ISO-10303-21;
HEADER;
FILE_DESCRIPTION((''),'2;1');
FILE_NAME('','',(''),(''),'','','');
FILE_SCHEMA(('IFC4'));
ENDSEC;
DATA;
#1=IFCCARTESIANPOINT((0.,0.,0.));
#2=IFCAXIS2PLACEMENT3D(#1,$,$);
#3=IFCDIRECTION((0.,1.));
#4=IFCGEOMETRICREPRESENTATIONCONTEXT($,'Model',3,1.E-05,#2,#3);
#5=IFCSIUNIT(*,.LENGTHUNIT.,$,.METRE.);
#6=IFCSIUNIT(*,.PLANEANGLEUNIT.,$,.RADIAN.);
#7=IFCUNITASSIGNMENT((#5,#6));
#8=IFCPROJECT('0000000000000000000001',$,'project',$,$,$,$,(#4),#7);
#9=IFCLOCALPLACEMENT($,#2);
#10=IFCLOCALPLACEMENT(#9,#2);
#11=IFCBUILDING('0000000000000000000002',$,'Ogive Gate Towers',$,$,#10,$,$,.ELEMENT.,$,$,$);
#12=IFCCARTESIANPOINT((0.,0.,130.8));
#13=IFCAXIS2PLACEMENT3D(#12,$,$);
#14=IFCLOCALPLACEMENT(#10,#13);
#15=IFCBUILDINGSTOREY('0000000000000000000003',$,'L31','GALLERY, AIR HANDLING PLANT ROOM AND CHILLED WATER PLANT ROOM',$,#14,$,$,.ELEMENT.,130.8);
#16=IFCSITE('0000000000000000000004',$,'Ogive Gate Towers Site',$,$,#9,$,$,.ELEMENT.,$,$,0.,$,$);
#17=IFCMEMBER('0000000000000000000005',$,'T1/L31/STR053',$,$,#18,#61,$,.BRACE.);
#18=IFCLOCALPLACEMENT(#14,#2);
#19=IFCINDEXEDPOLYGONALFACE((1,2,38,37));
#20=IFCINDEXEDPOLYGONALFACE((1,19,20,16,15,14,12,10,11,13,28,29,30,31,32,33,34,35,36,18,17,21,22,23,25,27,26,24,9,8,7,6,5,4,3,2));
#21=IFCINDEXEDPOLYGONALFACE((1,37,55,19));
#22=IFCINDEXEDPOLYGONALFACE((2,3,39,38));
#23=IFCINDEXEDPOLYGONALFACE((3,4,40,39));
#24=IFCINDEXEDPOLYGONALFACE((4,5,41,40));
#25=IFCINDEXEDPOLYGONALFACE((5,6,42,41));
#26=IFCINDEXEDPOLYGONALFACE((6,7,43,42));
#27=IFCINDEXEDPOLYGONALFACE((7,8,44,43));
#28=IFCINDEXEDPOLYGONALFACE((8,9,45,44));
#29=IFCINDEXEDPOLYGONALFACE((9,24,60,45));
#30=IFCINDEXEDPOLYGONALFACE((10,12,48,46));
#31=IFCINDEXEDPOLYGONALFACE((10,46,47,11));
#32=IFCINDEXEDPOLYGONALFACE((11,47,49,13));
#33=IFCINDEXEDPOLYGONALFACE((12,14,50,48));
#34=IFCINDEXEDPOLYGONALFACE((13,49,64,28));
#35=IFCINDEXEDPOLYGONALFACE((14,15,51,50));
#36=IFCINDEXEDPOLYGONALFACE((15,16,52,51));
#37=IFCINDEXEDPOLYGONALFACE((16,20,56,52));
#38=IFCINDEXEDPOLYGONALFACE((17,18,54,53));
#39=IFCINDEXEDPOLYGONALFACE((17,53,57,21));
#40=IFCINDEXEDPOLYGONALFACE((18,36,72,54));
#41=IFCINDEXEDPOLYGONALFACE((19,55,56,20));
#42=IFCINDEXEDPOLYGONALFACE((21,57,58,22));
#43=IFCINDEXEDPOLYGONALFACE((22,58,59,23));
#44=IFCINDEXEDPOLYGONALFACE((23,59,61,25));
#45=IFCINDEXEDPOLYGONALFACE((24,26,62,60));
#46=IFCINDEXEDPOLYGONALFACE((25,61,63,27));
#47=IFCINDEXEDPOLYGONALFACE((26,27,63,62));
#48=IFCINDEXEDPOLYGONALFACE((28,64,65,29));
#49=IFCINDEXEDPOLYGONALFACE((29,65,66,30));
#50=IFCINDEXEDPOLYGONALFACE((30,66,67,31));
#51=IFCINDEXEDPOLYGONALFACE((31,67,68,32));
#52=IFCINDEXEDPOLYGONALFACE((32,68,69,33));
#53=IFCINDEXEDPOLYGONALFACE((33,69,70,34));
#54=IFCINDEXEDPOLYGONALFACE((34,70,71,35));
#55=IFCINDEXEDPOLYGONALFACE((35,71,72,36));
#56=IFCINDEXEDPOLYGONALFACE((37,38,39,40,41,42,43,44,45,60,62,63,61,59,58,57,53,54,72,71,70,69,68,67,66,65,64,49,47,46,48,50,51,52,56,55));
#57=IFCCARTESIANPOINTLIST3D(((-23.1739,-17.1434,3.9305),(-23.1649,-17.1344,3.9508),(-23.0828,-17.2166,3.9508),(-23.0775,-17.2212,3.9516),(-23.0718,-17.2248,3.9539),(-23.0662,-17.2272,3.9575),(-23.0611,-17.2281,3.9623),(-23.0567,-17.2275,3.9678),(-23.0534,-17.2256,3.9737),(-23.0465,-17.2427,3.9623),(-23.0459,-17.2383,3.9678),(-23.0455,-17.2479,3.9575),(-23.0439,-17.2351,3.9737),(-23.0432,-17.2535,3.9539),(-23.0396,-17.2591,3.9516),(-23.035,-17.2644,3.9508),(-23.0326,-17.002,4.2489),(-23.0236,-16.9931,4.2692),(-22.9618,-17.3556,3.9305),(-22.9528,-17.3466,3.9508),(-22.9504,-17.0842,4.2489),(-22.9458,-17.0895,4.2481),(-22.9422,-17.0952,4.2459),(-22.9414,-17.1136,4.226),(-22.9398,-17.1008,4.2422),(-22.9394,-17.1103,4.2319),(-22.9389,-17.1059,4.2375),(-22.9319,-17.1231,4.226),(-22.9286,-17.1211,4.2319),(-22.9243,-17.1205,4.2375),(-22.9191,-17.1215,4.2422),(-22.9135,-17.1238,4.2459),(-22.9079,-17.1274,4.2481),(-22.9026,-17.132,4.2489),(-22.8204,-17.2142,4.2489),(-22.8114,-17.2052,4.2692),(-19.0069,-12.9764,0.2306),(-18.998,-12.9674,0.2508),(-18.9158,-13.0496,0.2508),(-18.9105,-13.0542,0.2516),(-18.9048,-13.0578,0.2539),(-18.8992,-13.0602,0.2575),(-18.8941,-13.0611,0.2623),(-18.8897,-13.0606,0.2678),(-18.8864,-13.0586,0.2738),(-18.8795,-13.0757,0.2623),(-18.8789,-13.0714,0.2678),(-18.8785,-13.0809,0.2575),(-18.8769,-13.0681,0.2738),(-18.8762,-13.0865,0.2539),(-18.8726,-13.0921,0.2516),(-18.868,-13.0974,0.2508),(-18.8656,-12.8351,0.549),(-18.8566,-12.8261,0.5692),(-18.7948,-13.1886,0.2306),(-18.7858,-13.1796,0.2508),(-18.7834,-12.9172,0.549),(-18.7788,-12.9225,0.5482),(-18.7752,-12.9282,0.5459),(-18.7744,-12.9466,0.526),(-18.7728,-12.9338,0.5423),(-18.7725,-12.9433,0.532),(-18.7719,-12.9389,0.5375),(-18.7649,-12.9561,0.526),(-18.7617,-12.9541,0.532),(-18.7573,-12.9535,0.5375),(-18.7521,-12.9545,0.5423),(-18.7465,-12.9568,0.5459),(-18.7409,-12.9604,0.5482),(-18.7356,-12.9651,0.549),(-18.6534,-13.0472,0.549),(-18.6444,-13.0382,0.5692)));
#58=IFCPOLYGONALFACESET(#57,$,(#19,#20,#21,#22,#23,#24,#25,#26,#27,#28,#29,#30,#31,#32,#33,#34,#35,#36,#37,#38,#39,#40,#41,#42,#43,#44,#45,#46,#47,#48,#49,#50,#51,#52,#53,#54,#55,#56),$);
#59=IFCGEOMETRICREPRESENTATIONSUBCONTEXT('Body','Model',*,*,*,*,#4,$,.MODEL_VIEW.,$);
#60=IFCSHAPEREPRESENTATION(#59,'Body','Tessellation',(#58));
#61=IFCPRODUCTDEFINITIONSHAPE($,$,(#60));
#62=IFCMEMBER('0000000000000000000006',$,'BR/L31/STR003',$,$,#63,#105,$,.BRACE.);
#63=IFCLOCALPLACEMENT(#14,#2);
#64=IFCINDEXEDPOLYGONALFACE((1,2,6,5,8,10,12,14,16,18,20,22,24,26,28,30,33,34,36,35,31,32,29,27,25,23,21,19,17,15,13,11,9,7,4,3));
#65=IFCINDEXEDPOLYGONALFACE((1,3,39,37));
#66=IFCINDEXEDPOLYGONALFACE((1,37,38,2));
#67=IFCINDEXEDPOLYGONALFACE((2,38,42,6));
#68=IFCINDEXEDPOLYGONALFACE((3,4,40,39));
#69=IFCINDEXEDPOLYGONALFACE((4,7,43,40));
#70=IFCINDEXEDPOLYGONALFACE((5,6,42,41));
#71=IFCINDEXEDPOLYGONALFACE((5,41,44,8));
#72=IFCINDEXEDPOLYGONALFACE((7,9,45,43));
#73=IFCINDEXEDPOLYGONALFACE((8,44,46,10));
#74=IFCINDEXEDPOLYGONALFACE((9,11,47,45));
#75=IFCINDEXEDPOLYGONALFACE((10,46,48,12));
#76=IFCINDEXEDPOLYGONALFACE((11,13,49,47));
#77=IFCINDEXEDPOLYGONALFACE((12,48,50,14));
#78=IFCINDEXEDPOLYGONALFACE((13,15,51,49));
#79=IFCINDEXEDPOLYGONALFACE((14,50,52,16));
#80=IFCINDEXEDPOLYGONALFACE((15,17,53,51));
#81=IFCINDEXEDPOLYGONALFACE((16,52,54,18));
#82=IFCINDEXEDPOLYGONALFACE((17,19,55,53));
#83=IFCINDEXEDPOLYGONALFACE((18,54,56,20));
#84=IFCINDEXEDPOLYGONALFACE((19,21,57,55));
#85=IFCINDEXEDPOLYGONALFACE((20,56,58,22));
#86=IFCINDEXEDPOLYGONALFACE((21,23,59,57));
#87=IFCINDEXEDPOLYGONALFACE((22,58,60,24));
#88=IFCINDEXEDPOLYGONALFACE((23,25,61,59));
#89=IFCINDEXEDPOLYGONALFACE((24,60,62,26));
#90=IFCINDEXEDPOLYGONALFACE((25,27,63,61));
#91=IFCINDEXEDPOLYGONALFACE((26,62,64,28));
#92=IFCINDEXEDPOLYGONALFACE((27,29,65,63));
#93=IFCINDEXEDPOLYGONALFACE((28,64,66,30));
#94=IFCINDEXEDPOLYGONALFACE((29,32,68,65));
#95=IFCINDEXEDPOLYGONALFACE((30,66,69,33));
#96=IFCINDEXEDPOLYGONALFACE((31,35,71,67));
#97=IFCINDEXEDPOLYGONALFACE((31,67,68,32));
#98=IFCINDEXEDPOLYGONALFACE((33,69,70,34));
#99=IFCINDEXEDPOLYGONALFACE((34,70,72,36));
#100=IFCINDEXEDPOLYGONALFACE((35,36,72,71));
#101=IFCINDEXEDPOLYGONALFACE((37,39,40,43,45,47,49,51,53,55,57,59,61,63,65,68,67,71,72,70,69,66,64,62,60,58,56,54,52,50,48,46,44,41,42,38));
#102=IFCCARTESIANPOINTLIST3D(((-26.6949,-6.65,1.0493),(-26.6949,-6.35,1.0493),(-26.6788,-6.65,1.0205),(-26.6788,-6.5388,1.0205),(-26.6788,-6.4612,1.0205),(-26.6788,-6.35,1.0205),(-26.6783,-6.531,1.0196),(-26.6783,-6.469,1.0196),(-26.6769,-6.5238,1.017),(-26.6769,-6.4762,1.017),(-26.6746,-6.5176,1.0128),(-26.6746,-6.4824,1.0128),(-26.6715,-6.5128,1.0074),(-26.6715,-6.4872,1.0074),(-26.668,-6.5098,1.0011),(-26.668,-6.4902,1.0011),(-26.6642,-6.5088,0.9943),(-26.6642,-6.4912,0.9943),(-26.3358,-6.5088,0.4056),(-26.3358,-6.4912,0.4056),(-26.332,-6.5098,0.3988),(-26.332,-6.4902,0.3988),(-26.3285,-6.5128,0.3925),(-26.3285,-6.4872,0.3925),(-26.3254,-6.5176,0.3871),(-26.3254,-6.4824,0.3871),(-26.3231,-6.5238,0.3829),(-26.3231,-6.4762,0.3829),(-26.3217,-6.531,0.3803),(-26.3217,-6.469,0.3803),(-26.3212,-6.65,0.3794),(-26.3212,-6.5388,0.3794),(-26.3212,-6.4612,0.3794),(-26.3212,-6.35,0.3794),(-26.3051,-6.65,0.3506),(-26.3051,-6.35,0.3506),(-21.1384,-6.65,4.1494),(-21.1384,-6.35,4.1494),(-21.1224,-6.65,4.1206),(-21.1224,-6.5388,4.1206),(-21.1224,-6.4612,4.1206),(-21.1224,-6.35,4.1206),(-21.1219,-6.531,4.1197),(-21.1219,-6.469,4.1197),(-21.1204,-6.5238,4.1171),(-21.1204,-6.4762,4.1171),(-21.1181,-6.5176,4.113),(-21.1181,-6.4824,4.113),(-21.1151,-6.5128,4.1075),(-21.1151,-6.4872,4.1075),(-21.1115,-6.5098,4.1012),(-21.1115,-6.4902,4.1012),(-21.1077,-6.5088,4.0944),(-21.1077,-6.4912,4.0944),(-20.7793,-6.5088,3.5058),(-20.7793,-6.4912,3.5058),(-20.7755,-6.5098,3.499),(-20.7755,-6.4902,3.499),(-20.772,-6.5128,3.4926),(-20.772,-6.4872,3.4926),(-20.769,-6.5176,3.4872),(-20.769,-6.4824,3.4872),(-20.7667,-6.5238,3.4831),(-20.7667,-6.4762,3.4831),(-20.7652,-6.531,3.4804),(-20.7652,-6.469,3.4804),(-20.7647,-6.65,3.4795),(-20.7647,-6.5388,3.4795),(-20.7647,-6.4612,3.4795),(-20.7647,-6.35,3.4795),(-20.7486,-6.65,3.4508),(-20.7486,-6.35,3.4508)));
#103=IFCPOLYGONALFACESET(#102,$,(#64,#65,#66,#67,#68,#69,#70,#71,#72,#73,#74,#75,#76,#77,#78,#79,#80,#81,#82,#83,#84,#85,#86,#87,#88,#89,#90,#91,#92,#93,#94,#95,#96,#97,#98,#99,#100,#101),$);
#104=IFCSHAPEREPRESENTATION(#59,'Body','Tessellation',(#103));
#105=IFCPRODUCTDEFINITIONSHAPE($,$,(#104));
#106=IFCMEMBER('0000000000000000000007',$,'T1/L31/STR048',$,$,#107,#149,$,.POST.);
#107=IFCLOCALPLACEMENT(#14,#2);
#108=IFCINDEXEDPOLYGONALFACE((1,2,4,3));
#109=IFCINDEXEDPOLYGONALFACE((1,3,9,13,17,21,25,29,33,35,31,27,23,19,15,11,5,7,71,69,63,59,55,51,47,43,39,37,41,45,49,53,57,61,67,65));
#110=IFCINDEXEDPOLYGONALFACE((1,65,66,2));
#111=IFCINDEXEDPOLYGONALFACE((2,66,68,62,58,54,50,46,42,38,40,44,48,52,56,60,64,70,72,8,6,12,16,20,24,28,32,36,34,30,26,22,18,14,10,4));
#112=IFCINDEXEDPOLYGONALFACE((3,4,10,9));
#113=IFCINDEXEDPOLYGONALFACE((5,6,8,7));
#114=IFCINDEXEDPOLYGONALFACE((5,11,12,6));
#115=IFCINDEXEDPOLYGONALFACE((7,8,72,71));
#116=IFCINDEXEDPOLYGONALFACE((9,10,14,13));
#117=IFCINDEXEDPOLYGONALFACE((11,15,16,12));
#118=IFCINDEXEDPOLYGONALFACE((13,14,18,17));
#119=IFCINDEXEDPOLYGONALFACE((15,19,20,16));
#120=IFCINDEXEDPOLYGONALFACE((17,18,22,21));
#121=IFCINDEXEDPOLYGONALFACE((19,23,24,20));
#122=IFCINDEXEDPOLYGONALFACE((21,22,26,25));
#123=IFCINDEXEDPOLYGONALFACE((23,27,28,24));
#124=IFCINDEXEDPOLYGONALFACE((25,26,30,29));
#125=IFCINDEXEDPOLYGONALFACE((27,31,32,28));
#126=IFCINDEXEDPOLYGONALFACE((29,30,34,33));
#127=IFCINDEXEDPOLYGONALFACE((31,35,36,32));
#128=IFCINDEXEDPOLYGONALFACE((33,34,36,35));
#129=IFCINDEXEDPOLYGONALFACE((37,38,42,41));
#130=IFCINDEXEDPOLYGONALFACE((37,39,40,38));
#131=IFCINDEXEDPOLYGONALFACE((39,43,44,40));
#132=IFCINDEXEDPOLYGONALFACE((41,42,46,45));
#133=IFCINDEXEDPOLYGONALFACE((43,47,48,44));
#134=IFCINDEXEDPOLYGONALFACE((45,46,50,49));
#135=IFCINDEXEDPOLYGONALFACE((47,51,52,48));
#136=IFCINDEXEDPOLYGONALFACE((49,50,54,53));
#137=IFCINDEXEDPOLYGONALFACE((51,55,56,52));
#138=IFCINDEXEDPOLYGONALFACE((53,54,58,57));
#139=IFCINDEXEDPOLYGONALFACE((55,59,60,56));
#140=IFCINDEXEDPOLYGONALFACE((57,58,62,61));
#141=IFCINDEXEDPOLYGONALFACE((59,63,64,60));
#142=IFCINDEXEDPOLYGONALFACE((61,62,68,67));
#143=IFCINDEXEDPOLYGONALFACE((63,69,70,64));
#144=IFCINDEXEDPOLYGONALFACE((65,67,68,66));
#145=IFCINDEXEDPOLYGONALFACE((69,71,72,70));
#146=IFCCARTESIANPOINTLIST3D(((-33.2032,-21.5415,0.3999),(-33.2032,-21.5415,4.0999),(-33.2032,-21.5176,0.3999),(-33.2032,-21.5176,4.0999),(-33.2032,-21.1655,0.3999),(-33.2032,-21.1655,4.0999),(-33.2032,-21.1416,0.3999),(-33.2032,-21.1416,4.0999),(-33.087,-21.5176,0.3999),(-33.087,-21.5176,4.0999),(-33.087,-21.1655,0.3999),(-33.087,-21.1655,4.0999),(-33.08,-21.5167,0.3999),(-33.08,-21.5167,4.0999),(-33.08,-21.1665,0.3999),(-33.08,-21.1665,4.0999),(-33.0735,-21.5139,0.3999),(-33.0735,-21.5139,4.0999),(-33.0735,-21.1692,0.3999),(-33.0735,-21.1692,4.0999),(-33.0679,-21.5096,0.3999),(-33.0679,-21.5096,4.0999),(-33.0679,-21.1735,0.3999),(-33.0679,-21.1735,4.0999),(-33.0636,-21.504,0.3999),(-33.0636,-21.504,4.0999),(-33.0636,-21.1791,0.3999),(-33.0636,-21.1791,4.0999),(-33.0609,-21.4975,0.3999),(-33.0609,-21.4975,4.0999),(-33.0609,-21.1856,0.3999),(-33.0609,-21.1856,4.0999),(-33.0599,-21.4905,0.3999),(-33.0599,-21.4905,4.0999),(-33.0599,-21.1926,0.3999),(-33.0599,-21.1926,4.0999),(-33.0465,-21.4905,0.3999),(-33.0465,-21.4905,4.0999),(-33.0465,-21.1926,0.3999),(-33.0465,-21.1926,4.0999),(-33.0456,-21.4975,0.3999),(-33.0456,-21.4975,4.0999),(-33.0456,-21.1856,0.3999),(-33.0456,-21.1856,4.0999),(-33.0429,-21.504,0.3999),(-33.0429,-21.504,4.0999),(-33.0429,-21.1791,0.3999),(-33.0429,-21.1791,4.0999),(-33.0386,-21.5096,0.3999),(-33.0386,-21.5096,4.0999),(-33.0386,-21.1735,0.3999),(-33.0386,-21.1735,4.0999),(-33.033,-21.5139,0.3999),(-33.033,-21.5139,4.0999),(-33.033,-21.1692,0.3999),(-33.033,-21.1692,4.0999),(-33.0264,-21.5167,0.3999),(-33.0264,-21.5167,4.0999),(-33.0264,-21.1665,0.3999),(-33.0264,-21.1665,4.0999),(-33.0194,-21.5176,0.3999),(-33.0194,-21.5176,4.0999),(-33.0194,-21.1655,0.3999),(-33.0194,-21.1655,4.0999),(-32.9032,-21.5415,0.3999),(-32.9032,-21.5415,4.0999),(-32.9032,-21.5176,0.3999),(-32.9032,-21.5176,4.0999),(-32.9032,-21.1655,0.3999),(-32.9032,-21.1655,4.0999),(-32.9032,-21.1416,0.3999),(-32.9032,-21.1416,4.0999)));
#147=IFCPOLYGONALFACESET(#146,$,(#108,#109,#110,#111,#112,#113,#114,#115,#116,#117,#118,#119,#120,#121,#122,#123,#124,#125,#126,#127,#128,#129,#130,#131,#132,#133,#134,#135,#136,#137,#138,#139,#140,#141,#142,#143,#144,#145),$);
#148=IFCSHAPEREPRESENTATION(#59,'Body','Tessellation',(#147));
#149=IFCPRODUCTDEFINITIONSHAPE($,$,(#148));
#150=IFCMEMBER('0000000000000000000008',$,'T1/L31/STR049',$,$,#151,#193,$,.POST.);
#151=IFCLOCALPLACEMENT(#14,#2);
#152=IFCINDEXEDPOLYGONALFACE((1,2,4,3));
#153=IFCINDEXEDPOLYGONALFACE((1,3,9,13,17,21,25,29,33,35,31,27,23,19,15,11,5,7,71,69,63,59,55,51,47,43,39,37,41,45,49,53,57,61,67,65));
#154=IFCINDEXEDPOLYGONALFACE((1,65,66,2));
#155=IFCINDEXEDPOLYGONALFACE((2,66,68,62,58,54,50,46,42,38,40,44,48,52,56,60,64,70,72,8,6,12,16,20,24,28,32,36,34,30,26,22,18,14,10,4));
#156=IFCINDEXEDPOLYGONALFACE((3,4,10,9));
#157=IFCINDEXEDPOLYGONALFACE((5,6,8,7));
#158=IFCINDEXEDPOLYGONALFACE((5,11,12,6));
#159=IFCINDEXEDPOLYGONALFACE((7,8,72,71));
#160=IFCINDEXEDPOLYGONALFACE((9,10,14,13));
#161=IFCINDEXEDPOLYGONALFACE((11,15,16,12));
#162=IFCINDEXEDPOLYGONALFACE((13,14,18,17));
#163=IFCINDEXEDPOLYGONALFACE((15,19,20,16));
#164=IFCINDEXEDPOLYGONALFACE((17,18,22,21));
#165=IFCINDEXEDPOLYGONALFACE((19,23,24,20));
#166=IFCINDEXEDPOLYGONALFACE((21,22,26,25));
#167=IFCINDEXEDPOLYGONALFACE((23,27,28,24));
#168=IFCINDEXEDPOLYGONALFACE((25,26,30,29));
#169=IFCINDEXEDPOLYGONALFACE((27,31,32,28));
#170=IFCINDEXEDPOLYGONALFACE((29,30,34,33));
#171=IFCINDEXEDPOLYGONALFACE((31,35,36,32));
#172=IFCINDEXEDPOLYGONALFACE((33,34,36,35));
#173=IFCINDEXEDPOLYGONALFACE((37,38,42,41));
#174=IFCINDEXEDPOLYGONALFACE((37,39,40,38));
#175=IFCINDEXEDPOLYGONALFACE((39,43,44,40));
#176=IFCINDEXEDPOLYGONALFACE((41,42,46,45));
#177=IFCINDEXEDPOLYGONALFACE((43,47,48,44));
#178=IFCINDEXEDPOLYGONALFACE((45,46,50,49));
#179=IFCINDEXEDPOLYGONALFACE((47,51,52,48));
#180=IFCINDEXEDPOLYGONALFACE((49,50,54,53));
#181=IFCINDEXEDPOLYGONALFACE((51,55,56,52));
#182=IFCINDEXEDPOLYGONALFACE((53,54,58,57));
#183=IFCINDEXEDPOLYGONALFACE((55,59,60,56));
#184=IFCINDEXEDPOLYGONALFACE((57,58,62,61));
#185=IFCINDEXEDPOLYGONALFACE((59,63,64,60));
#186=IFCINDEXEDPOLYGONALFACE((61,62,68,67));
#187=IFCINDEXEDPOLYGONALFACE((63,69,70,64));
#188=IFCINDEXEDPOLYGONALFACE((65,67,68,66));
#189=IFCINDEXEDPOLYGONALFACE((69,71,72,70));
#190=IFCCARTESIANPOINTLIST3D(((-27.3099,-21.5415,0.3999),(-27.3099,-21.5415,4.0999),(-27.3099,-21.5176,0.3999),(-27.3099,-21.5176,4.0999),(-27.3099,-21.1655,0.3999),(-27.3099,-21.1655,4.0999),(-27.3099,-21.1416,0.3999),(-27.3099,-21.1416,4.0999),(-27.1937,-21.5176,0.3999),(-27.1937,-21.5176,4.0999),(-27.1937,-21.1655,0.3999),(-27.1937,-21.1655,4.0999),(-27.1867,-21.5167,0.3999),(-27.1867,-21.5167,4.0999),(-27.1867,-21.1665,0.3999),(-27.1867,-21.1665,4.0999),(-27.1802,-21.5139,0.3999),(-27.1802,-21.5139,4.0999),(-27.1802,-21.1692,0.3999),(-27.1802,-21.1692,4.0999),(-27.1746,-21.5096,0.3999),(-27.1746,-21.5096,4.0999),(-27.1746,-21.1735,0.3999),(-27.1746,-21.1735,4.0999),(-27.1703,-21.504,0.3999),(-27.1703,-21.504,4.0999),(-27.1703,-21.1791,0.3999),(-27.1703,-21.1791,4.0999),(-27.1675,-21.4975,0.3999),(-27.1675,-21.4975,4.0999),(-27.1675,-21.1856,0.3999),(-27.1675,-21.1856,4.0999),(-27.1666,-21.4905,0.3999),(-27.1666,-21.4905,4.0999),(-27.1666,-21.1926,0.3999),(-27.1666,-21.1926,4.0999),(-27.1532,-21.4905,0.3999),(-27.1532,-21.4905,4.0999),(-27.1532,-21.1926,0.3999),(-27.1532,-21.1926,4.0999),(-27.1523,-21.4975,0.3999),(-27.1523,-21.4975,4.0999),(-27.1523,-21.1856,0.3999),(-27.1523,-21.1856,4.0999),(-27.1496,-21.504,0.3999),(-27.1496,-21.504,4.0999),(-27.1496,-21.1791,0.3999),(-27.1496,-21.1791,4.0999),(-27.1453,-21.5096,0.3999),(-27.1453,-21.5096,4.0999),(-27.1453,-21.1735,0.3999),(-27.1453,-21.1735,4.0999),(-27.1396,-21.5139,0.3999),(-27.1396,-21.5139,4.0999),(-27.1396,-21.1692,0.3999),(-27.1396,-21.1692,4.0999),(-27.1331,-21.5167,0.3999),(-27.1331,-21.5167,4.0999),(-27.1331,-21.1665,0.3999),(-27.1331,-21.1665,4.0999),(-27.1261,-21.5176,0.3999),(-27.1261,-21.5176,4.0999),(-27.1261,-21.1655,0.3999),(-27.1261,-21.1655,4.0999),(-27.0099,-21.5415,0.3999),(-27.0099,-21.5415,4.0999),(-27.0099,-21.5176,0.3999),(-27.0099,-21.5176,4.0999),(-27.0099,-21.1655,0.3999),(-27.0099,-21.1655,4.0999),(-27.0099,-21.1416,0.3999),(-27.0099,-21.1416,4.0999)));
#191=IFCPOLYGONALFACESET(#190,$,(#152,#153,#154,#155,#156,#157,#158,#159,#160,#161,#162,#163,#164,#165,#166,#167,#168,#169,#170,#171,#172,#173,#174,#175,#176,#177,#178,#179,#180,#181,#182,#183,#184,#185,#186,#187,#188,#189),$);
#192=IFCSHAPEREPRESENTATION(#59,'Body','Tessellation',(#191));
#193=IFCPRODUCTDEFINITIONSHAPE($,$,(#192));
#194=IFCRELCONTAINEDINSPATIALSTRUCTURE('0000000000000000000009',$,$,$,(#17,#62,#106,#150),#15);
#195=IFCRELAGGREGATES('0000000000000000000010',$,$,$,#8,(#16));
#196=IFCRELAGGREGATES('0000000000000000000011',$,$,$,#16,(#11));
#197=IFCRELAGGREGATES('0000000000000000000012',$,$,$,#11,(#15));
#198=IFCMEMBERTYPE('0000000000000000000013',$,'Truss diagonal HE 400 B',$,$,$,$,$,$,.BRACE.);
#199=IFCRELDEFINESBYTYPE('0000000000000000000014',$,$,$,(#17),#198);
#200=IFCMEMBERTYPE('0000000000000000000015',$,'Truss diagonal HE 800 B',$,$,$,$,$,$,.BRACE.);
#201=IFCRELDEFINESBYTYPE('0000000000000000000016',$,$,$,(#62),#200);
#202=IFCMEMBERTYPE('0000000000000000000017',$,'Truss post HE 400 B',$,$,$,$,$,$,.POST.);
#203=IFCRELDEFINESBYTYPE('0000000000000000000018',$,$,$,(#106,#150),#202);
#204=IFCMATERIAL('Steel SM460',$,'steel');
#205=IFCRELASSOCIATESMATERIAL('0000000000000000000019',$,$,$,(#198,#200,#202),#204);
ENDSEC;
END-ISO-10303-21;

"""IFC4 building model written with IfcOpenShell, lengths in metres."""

from ifc_helpers import new_model, si_unit, direction, frame, origin, origin_2d, place, context, subcontext, project, spatial, i_section, extrude, material, material_profile, profile_set, type_object, element, save


model = new_model("IFC4")

# Units and contexts
model_context = context("Model", 3, precision=1e-05, world=origin(), true_north=direction((0.0, 1.0)))
body_context = subcontext(model_context, "Body", "Model", "MODEL_VIEW")
ifc_project = project(units=[si_unit("LENGTHUNIT", "METRE"), si_unit("PLANEANGLEUNIT", "RADIAN")], contexts=[model_context])

# Site, building, storey
site_placement = place(None, origin())
site = spatial("IfcSite", under=ifc_project, at=site_placement, Name="Ogive Gate Towers Site", CompositionType="ELEMENT", RefElevation=0.0)
building_placement = place(site_placement, origin())
building = spatial("IfcBuilding", under=site, at=building_placement, Name="Ogive Gate Towers", CompositionType="ELEMENT")
storey_placement = place(building_placement, frame((0.0, 0.0, 130.8)))
storey = spatial("IfcBuildingStorey", under=building, at=storey_placement, Name="L31", Description="GALLERY, AIR HANDLING PLANT ROOM AND CHILLED WATER PLANT ROOM", CompositionType="ELEMENT", Elevation=130.8)

# Shared definitions
ifc_material_1 = material(Name="Steel SM460", Category="steel")

# Members
ifc_material_profile_1 = material_profile(ifc_material_1, i_section(OverallWidth=0.3, OverallDepth=0.3999, WebThickness=0.0134, FlangeThickness=0.0239, FilletRadius=0.0271, at=origin_2d()), Name="HE 400 B")
ifc_profile_set_1 = profile_set([ifc_material_profile_1], Name="Steel SM460")
member_type_1 = type_object("IfcMemberType", Name="Truss diagonal HE 400 B", PredefinedType="BRACE", material=ifc_profile_set_1)
member_1_placement = place(storey_placement, frame((-22.9927, -17.1743, 4.0999), z_axis=(0.598856, 0.598856, -0.531736), x_axis=(-0.707107, 0.707107, 0.0)))
element("IfcMember", 1, at=member_1_placement, inside=storey, type_object=member_type_1, Name="T1/L31/STR053", PredefinedType="BRACE", context=body_context, shape_type="SweptSolid", body=[
    extrude(i_section(OverallWidth=0.3, OverallDepth=0.3999, WebThickness=0.0134, FlangeThickness=0.0239, FilletRadius=0.0271, at=origin_2d()), origin(), (0.0, 0.0, 1.0), 6.9583),
])
ifc_material_profile_2 = material_profile(ifc_material_1, i_section(OverallWidth=0.3, OverallDepth=0.8, WebThickness=0.0176, FlangeThickness=0.033, FilletRadius=0.03, at=origin_2d()), Name="HE 800 B")
ifc_profile_set_2 = profile_set([ifc_material_profile_2], Name="Steel SM460")
member_type_2 = type_object("IfcMemberType", Name="Truss diagonal HE 800 B", PredefinedType="BRACE", material=ifc_profile_set_2)
member_2_placement = place(storey_placement, frame((-26.5, -6.5, 0.7), z_axis=(0.873274, 0.0, 0.487229), x_axis=(0.0, 1.0, 0.0)))
element("IfcMember", 2, at=member_2_placement, inside=storey, type_object=member_type_2, Name="BR/L31/STR003", PredefinedType="BRACE", context=body_context, shape_type="SweptSolid", body=[
    extrude(i_section(OverallWidth=0.3, OverallDepth=0.8, WebThickness=0.0176, FlangeThickness=0.033, FilletRadius=0.03, at=origin_2d()), origin(), (0.0, 0.0, 1.0), 6.3628),
])
ifc_material_profile_3 = material_profile(ifc_material_1, i_section(OverallWidth=0.3, OverallDepth=0.3999, WebThickness=0.0134, FlangeThickness=0.0239, FilletRadius=0.0271, at=origin_2d()), Name="HE 400 B")
ifc_profile_set_3 = profile_set([ifc_material_profile_3], Name="Steel SM460")
member_type_3 = type_object("IfcMemberType", Name="Truss post HE 400 B", PredefinedType="POST", material=ifc_profile_set_3)
for number, where, z_axis, x_axis, name in (
    (3, (-33.0532, -21.3416, 0.3999), (0.0, 0.0, 1.0), (1.0, 0.0, 0.0), "T1/L31/STR048"),
    (4, (-27.1599, -21.3416, 0.3999), (0.0, 0.0, 1.0), (1.0, 0.0, 0.0), "T1/L31/STR049"),
):
    element("IfcMember", number, at=place(storey_placement, frame(where, z_axis=z_axis, x_axis=x_axis)), inside=storey, type_object=member_type_3, Name=name, PredefinedType="POST", context=body_context, shape_type="SweptSolid", body=[
        extrude(i_section(OverallWidth=0.3, OverallDepth=0.3999, WebThickness=0.0134, FlangeThickness=0.0239, FilletRadius=0.0271, at=origin_2d()), origin(), (0.0, 0.0, 1.0), 3.7),
    ])

save(model, "model.ifc")
